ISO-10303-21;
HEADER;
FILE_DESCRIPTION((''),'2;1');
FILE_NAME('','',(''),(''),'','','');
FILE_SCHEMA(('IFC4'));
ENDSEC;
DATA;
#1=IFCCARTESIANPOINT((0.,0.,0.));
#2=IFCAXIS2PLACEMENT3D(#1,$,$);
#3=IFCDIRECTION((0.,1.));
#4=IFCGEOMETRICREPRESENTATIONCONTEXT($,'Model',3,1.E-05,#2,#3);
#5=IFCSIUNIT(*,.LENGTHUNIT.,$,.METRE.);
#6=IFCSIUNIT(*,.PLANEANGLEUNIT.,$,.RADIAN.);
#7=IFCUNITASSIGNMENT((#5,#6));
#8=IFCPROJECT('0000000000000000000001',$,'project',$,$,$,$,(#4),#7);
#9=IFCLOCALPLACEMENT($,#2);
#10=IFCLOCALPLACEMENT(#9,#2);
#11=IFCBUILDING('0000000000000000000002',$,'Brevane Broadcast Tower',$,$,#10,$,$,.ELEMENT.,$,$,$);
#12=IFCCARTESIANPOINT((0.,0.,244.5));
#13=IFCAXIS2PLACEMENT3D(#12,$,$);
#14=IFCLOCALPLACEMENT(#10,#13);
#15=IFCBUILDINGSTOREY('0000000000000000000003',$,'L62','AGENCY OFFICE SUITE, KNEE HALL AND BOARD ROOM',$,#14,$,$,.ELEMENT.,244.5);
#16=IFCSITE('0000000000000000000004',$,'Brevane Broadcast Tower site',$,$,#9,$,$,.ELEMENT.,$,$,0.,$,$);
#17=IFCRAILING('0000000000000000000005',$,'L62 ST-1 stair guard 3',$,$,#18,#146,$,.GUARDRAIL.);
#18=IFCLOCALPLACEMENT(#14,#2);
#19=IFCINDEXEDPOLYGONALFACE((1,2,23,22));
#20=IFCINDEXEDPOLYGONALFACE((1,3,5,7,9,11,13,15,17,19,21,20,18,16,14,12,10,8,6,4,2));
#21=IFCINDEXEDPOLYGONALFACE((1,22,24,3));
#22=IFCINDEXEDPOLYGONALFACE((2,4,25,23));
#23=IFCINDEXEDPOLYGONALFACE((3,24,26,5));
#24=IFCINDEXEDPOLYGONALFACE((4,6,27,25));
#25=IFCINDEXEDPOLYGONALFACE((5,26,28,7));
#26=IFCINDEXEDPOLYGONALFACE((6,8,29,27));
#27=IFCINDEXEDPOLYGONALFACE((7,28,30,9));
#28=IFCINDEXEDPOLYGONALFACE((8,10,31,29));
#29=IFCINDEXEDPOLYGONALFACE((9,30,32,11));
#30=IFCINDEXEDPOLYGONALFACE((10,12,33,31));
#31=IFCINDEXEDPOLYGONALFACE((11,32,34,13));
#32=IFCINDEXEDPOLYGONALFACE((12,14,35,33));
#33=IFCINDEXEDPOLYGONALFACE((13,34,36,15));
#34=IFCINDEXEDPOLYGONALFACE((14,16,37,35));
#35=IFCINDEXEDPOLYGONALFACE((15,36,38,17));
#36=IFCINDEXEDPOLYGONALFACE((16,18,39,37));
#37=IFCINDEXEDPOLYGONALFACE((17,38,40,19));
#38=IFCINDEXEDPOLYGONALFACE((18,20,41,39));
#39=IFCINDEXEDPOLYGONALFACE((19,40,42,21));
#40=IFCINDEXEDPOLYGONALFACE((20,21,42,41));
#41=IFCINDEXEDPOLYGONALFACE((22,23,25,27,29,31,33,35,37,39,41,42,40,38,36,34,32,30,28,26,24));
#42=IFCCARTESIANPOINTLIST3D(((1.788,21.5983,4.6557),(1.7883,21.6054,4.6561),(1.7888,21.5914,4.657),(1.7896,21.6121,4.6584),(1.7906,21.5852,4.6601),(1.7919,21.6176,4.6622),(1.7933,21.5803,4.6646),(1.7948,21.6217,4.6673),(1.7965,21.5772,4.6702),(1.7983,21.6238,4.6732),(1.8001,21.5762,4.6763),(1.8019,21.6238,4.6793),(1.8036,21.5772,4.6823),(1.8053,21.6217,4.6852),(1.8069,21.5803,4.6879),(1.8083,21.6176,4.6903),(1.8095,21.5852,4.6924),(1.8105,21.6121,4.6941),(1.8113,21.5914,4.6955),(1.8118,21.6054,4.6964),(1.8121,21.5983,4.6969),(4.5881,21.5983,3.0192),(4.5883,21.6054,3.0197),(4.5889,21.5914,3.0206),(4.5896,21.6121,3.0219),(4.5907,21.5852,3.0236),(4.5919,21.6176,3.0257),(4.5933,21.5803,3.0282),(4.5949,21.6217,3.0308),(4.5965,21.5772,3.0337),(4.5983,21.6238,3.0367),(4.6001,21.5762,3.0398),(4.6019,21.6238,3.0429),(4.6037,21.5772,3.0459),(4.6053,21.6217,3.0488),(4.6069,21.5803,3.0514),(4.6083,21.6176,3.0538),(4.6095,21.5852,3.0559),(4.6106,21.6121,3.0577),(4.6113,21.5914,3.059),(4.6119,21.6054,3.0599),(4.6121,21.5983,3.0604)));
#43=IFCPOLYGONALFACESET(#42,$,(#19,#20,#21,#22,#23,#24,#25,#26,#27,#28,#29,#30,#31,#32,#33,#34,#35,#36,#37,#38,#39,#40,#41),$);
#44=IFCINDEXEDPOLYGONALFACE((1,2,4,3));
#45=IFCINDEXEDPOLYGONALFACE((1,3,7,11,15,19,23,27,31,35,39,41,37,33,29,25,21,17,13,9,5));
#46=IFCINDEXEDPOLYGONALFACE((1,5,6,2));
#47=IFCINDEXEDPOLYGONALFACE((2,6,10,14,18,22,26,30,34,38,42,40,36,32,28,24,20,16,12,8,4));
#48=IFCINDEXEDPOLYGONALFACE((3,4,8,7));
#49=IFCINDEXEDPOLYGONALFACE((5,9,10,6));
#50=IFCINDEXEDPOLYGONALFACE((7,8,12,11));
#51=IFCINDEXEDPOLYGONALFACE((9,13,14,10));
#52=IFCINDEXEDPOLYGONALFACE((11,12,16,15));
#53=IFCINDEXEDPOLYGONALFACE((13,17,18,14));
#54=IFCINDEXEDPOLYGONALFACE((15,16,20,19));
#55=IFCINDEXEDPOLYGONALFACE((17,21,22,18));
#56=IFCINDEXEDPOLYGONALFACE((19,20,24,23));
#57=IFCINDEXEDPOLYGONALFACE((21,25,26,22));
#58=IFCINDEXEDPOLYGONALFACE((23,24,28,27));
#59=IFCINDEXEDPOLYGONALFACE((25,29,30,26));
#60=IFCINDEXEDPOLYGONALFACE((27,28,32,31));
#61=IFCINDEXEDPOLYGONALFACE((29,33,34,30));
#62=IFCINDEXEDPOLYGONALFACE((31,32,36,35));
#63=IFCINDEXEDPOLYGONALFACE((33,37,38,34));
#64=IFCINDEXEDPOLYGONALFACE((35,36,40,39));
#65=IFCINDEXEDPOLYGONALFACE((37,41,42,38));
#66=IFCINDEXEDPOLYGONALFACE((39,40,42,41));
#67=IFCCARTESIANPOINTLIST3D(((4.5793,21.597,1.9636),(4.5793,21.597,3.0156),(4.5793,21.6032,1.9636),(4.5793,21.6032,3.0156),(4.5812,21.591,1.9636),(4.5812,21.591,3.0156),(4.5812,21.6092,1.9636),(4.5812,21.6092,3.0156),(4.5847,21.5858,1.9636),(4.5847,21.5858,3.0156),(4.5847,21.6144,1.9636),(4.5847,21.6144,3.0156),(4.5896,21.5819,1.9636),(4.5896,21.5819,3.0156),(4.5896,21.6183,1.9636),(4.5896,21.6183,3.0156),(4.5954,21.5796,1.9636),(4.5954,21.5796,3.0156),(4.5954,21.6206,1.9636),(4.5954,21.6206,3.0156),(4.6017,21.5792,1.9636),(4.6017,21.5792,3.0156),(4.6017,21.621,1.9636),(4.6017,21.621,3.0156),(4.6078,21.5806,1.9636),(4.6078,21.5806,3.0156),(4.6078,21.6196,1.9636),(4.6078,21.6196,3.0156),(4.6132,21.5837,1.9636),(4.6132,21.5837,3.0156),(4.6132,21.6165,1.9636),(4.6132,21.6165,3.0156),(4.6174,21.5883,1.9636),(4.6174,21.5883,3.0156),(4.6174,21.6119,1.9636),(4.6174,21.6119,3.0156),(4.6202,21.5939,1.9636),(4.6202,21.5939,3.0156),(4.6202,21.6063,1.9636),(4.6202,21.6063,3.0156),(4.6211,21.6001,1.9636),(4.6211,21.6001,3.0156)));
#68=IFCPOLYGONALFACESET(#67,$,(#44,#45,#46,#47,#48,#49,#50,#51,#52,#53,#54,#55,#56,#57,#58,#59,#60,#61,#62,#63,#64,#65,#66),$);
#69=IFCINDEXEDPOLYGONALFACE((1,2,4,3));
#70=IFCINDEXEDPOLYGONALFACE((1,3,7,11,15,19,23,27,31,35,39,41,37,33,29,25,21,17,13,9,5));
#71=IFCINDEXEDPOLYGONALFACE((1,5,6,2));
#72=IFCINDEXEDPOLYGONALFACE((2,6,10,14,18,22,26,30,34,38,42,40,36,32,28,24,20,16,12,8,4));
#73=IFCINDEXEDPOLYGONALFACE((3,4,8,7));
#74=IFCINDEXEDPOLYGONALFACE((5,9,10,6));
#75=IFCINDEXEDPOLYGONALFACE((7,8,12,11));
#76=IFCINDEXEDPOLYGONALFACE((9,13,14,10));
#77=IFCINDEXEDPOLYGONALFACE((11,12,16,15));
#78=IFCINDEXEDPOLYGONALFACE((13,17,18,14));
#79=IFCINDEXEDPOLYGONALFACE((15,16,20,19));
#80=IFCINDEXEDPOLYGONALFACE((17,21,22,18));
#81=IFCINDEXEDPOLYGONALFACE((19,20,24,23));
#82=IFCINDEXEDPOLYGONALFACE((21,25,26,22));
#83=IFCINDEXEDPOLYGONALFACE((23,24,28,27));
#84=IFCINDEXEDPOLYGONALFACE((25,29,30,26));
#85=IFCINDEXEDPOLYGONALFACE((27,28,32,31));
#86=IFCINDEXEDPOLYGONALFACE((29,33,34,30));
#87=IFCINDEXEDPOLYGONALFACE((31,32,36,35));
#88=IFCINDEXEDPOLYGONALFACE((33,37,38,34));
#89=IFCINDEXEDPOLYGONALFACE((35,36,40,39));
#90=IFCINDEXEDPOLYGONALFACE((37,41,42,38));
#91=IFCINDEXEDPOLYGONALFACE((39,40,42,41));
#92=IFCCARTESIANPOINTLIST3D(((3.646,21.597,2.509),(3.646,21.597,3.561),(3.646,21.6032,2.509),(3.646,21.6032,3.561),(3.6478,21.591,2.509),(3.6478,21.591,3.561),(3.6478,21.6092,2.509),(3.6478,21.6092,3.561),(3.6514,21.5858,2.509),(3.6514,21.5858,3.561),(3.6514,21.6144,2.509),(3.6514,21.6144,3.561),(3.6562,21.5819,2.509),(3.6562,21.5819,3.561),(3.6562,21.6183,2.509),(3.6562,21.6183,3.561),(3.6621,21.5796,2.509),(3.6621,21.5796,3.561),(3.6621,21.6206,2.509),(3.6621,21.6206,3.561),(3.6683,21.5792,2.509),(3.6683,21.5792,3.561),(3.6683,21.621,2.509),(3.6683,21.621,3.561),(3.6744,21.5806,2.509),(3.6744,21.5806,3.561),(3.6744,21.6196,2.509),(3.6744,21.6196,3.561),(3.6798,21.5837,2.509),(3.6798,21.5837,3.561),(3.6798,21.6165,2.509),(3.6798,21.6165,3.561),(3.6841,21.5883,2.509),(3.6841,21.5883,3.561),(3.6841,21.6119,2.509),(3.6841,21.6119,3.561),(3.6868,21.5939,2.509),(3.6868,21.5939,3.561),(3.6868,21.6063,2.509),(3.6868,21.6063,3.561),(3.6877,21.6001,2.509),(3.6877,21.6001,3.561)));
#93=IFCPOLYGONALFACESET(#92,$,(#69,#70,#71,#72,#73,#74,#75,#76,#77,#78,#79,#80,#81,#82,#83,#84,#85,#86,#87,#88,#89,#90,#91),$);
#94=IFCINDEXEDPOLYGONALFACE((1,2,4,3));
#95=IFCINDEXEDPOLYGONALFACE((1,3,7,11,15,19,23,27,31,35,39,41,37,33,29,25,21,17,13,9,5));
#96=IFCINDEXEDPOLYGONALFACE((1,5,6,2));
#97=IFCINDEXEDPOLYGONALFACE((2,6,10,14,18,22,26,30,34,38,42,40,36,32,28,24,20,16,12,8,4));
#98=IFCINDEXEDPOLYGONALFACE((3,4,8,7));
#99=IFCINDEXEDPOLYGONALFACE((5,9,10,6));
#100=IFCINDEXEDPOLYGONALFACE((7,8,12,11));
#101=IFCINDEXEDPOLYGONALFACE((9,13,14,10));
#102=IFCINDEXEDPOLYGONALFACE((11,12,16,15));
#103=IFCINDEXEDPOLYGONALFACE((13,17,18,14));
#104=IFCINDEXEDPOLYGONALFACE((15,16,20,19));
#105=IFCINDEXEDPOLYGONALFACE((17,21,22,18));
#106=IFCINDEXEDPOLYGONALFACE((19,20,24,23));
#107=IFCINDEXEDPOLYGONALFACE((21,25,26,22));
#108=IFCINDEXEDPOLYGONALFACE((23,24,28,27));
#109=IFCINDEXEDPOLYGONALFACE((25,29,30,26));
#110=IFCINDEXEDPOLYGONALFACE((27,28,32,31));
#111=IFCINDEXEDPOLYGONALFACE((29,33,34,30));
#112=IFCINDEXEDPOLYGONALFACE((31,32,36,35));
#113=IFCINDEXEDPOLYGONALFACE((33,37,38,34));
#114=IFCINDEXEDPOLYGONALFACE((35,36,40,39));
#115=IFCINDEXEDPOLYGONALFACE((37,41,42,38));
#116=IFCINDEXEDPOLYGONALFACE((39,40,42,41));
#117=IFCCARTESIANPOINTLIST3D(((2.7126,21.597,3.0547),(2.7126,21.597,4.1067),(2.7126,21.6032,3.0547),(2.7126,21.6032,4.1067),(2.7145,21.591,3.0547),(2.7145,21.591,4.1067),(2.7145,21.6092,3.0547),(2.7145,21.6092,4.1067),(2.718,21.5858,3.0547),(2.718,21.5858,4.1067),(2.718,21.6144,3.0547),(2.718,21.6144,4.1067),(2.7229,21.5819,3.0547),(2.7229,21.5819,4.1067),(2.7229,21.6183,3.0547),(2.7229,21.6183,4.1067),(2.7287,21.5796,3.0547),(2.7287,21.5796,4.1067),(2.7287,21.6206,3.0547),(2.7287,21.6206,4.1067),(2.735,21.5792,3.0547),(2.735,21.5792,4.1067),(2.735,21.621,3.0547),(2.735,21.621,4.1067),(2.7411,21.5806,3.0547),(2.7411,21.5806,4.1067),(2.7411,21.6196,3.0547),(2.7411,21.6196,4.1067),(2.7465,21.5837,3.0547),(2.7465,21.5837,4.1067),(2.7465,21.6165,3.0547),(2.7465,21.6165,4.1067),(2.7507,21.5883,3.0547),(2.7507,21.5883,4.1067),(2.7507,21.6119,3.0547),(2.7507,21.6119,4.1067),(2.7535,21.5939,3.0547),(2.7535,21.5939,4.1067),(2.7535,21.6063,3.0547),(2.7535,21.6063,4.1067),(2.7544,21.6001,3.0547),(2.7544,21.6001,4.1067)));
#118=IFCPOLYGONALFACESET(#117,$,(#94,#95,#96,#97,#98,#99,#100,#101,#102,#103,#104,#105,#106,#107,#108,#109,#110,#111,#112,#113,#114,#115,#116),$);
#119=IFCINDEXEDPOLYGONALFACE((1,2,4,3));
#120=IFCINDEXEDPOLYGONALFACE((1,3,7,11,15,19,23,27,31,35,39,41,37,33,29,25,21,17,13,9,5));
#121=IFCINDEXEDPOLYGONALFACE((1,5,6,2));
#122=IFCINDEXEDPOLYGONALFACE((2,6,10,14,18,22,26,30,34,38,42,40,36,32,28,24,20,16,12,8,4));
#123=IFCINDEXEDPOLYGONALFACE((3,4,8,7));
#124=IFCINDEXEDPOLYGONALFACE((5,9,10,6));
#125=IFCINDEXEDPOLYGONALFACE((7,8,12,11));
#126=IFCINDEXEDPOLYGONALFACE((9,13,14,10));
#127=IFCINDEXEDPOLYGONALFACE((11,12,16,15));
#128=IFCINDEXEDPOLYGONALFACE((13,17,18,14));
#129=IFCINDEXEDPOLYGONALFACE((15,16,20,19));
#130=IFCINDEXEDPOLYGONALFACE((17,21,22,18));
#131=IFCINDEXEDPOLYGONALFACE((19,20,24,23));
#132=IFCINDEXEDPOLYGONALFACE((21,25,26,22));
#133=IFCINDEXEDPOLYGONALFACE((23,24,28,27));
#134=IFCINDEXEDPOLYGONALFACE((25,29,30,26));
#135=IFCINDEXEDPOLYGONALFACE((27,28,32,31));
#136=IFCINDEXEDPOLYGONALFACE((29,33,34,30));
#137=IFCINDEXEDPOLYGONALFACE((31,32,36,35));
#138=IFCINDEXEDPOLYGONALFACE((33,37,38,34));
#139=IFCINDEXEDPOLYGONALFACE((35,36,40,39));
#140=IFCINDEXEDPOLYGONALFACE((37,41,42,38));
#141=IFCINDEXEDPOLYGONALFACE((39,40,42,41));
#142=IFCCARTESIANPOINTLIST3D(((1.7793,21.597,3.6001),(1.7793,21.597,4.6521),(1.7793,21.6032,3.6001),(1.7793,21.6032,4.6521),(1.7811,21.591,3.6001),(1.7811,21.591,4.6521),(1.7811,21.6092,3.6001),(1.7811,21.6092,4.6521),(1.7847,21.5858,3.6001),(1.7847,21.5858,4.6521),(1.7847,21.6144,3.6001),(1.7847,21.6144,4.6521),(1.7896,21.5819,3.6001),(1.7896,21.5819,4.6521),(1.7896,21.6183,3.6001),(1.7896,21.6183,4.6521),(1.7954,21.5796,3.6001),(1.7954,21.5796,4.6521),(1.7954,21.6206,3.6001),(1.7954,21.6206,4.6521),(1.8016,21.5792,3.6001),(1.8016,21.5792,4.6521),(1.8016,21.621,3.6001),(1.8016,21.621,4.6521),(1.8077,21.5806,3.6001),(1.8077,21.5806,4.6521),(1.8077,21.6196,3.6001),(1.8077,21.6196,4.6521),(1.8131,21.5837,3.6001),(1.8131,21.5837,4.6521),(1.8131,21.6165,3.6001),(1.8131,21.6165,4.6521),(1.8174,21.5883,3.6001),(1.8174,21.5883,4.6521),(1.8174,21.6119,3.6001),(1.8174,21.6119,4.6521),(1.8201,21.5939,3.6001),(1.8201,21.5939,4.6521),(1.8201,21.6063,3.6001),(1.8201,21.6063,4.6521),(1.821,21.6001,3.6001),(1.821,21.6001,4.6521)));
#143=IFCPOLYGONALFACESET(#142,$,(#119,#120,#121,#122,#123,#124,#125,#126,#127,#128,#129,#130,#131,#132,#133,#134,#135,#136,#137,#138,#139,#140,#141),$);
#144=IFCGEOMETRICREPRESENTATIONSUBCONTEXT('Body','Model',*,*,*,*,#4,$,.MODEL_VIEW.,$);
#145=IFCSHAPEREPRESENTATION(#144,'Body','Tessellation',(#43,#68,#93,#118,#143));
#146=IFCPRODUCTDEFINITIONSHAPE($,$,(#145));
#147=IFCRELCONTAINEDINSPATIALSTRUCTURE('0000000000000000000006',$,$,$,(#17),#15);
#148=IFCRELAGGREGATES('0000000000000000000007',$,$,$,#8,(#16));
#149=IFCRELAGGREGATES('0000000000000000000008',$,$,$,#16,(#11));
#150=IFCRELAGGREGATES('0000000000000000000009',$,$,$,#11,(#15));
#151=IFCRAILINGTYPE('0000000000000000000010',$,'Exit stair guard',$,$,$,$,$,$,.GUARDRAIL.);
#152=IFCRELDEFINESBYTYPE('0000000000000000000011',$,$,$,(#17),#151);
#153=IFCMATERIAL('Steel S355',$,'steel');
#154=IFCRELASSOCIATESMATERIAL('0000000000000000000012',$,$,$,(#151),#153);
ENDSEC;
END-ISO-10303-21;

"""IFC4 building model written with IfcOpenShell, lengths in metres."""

from ifc_helpers import new_model, si_unit, direction, frame, origin, origin_2d, place, context, subcontext, project, spatial, circle, extrude, material, type_object, element, save


model = new_model("IFC4")

# Units and contexts
model_context = context("Model", 3, precision=1e-05, world=origin(), true_north=direction((0.0, 1.0)))
body_context = subcontext(model_context, "Body", "Model", "MODEL_VIEW")
ifc_project = project(units=[si_unit("LENGTHUNIT", "METRE"), si_unit("PLANEANGLEUNIT", "RADIAN")], contexts=[model_context])

# Site, building, storey
site_placement = place(None, origin())
site = spatial("IfcSite", under=ifc_project, at=site_placement, Name="Brevane Broadcast Tower site", CompositionType="ELEMENT", RefElevation=0.0)
building_placement = place(site_placement, origin())
building = spatial("IfcBuilding", under=site, at=building_placement, Name="Brevane Broadcast Tower", CompositionType="ELEMENT")
storey_placement = place(building_placement, frame((0.0, 0.0, 244.5)))
storey = spatial("IfcBuildingStorey", under=building, at=storey_placement, Name="L62", Description="AGENCY OFFICE SUITE, KNEE HALL AND BOARD ROOM", CompositionType="ELEMENT", Elevation=244.5)

# Railing
ifc_material_1 = material(Name="Steel S355", Category="steel")
railing_type_1 = type_object("IfcRailingType", Name="Exit stair guard", PredefinedType="GUARDRAIL", material=ifc_material_1)
railing_1_placement = place(storey_placement, frame((4.6001, 21.6001, 1.9636)))
element("IfcRailing", 1, at=railing_1_placement, inside=storey, type_object=railing_type_1, Name="L62 ST-1 stair guard 3", PredefinedType="GUARDRAIL", context=body_context, shape_type="SweptSolid", body=[
    extrude(circle(Radius=0.0239, at=origin_2d()), frame((0.0, 0.0, 1.0762), z_axis=(-0.863361, 0.0, 0.504587), x_axis=(0.0, -1.0, 0.0)), (0.0, 0.0, 1.0), 3.2432),
    extrude(circle(Radius=0.021, at=origin_2d()), origin(), (0.0, 0.0, 1.0), 1.052),
    extrude(circle(Radius=0.021, at=origin_2d()), frame((-0.9333, 0.0, 0.5454)), (0.0, 0.0, 1.0), 1.052),
    extrude(circle(Radius=0.021, at=origin_2d()), frame((-1.8667, 0.0, 1.0911)), (0.0, 0.0, 1.0), 1.052),
    extrude(circle(Radius=0.021, at=origin_2d()), frame((-2.8, 0.0, 1.6365)), (0.0, 0.0, 1.0), 1.052),
])

save(model, "model.ifc")
